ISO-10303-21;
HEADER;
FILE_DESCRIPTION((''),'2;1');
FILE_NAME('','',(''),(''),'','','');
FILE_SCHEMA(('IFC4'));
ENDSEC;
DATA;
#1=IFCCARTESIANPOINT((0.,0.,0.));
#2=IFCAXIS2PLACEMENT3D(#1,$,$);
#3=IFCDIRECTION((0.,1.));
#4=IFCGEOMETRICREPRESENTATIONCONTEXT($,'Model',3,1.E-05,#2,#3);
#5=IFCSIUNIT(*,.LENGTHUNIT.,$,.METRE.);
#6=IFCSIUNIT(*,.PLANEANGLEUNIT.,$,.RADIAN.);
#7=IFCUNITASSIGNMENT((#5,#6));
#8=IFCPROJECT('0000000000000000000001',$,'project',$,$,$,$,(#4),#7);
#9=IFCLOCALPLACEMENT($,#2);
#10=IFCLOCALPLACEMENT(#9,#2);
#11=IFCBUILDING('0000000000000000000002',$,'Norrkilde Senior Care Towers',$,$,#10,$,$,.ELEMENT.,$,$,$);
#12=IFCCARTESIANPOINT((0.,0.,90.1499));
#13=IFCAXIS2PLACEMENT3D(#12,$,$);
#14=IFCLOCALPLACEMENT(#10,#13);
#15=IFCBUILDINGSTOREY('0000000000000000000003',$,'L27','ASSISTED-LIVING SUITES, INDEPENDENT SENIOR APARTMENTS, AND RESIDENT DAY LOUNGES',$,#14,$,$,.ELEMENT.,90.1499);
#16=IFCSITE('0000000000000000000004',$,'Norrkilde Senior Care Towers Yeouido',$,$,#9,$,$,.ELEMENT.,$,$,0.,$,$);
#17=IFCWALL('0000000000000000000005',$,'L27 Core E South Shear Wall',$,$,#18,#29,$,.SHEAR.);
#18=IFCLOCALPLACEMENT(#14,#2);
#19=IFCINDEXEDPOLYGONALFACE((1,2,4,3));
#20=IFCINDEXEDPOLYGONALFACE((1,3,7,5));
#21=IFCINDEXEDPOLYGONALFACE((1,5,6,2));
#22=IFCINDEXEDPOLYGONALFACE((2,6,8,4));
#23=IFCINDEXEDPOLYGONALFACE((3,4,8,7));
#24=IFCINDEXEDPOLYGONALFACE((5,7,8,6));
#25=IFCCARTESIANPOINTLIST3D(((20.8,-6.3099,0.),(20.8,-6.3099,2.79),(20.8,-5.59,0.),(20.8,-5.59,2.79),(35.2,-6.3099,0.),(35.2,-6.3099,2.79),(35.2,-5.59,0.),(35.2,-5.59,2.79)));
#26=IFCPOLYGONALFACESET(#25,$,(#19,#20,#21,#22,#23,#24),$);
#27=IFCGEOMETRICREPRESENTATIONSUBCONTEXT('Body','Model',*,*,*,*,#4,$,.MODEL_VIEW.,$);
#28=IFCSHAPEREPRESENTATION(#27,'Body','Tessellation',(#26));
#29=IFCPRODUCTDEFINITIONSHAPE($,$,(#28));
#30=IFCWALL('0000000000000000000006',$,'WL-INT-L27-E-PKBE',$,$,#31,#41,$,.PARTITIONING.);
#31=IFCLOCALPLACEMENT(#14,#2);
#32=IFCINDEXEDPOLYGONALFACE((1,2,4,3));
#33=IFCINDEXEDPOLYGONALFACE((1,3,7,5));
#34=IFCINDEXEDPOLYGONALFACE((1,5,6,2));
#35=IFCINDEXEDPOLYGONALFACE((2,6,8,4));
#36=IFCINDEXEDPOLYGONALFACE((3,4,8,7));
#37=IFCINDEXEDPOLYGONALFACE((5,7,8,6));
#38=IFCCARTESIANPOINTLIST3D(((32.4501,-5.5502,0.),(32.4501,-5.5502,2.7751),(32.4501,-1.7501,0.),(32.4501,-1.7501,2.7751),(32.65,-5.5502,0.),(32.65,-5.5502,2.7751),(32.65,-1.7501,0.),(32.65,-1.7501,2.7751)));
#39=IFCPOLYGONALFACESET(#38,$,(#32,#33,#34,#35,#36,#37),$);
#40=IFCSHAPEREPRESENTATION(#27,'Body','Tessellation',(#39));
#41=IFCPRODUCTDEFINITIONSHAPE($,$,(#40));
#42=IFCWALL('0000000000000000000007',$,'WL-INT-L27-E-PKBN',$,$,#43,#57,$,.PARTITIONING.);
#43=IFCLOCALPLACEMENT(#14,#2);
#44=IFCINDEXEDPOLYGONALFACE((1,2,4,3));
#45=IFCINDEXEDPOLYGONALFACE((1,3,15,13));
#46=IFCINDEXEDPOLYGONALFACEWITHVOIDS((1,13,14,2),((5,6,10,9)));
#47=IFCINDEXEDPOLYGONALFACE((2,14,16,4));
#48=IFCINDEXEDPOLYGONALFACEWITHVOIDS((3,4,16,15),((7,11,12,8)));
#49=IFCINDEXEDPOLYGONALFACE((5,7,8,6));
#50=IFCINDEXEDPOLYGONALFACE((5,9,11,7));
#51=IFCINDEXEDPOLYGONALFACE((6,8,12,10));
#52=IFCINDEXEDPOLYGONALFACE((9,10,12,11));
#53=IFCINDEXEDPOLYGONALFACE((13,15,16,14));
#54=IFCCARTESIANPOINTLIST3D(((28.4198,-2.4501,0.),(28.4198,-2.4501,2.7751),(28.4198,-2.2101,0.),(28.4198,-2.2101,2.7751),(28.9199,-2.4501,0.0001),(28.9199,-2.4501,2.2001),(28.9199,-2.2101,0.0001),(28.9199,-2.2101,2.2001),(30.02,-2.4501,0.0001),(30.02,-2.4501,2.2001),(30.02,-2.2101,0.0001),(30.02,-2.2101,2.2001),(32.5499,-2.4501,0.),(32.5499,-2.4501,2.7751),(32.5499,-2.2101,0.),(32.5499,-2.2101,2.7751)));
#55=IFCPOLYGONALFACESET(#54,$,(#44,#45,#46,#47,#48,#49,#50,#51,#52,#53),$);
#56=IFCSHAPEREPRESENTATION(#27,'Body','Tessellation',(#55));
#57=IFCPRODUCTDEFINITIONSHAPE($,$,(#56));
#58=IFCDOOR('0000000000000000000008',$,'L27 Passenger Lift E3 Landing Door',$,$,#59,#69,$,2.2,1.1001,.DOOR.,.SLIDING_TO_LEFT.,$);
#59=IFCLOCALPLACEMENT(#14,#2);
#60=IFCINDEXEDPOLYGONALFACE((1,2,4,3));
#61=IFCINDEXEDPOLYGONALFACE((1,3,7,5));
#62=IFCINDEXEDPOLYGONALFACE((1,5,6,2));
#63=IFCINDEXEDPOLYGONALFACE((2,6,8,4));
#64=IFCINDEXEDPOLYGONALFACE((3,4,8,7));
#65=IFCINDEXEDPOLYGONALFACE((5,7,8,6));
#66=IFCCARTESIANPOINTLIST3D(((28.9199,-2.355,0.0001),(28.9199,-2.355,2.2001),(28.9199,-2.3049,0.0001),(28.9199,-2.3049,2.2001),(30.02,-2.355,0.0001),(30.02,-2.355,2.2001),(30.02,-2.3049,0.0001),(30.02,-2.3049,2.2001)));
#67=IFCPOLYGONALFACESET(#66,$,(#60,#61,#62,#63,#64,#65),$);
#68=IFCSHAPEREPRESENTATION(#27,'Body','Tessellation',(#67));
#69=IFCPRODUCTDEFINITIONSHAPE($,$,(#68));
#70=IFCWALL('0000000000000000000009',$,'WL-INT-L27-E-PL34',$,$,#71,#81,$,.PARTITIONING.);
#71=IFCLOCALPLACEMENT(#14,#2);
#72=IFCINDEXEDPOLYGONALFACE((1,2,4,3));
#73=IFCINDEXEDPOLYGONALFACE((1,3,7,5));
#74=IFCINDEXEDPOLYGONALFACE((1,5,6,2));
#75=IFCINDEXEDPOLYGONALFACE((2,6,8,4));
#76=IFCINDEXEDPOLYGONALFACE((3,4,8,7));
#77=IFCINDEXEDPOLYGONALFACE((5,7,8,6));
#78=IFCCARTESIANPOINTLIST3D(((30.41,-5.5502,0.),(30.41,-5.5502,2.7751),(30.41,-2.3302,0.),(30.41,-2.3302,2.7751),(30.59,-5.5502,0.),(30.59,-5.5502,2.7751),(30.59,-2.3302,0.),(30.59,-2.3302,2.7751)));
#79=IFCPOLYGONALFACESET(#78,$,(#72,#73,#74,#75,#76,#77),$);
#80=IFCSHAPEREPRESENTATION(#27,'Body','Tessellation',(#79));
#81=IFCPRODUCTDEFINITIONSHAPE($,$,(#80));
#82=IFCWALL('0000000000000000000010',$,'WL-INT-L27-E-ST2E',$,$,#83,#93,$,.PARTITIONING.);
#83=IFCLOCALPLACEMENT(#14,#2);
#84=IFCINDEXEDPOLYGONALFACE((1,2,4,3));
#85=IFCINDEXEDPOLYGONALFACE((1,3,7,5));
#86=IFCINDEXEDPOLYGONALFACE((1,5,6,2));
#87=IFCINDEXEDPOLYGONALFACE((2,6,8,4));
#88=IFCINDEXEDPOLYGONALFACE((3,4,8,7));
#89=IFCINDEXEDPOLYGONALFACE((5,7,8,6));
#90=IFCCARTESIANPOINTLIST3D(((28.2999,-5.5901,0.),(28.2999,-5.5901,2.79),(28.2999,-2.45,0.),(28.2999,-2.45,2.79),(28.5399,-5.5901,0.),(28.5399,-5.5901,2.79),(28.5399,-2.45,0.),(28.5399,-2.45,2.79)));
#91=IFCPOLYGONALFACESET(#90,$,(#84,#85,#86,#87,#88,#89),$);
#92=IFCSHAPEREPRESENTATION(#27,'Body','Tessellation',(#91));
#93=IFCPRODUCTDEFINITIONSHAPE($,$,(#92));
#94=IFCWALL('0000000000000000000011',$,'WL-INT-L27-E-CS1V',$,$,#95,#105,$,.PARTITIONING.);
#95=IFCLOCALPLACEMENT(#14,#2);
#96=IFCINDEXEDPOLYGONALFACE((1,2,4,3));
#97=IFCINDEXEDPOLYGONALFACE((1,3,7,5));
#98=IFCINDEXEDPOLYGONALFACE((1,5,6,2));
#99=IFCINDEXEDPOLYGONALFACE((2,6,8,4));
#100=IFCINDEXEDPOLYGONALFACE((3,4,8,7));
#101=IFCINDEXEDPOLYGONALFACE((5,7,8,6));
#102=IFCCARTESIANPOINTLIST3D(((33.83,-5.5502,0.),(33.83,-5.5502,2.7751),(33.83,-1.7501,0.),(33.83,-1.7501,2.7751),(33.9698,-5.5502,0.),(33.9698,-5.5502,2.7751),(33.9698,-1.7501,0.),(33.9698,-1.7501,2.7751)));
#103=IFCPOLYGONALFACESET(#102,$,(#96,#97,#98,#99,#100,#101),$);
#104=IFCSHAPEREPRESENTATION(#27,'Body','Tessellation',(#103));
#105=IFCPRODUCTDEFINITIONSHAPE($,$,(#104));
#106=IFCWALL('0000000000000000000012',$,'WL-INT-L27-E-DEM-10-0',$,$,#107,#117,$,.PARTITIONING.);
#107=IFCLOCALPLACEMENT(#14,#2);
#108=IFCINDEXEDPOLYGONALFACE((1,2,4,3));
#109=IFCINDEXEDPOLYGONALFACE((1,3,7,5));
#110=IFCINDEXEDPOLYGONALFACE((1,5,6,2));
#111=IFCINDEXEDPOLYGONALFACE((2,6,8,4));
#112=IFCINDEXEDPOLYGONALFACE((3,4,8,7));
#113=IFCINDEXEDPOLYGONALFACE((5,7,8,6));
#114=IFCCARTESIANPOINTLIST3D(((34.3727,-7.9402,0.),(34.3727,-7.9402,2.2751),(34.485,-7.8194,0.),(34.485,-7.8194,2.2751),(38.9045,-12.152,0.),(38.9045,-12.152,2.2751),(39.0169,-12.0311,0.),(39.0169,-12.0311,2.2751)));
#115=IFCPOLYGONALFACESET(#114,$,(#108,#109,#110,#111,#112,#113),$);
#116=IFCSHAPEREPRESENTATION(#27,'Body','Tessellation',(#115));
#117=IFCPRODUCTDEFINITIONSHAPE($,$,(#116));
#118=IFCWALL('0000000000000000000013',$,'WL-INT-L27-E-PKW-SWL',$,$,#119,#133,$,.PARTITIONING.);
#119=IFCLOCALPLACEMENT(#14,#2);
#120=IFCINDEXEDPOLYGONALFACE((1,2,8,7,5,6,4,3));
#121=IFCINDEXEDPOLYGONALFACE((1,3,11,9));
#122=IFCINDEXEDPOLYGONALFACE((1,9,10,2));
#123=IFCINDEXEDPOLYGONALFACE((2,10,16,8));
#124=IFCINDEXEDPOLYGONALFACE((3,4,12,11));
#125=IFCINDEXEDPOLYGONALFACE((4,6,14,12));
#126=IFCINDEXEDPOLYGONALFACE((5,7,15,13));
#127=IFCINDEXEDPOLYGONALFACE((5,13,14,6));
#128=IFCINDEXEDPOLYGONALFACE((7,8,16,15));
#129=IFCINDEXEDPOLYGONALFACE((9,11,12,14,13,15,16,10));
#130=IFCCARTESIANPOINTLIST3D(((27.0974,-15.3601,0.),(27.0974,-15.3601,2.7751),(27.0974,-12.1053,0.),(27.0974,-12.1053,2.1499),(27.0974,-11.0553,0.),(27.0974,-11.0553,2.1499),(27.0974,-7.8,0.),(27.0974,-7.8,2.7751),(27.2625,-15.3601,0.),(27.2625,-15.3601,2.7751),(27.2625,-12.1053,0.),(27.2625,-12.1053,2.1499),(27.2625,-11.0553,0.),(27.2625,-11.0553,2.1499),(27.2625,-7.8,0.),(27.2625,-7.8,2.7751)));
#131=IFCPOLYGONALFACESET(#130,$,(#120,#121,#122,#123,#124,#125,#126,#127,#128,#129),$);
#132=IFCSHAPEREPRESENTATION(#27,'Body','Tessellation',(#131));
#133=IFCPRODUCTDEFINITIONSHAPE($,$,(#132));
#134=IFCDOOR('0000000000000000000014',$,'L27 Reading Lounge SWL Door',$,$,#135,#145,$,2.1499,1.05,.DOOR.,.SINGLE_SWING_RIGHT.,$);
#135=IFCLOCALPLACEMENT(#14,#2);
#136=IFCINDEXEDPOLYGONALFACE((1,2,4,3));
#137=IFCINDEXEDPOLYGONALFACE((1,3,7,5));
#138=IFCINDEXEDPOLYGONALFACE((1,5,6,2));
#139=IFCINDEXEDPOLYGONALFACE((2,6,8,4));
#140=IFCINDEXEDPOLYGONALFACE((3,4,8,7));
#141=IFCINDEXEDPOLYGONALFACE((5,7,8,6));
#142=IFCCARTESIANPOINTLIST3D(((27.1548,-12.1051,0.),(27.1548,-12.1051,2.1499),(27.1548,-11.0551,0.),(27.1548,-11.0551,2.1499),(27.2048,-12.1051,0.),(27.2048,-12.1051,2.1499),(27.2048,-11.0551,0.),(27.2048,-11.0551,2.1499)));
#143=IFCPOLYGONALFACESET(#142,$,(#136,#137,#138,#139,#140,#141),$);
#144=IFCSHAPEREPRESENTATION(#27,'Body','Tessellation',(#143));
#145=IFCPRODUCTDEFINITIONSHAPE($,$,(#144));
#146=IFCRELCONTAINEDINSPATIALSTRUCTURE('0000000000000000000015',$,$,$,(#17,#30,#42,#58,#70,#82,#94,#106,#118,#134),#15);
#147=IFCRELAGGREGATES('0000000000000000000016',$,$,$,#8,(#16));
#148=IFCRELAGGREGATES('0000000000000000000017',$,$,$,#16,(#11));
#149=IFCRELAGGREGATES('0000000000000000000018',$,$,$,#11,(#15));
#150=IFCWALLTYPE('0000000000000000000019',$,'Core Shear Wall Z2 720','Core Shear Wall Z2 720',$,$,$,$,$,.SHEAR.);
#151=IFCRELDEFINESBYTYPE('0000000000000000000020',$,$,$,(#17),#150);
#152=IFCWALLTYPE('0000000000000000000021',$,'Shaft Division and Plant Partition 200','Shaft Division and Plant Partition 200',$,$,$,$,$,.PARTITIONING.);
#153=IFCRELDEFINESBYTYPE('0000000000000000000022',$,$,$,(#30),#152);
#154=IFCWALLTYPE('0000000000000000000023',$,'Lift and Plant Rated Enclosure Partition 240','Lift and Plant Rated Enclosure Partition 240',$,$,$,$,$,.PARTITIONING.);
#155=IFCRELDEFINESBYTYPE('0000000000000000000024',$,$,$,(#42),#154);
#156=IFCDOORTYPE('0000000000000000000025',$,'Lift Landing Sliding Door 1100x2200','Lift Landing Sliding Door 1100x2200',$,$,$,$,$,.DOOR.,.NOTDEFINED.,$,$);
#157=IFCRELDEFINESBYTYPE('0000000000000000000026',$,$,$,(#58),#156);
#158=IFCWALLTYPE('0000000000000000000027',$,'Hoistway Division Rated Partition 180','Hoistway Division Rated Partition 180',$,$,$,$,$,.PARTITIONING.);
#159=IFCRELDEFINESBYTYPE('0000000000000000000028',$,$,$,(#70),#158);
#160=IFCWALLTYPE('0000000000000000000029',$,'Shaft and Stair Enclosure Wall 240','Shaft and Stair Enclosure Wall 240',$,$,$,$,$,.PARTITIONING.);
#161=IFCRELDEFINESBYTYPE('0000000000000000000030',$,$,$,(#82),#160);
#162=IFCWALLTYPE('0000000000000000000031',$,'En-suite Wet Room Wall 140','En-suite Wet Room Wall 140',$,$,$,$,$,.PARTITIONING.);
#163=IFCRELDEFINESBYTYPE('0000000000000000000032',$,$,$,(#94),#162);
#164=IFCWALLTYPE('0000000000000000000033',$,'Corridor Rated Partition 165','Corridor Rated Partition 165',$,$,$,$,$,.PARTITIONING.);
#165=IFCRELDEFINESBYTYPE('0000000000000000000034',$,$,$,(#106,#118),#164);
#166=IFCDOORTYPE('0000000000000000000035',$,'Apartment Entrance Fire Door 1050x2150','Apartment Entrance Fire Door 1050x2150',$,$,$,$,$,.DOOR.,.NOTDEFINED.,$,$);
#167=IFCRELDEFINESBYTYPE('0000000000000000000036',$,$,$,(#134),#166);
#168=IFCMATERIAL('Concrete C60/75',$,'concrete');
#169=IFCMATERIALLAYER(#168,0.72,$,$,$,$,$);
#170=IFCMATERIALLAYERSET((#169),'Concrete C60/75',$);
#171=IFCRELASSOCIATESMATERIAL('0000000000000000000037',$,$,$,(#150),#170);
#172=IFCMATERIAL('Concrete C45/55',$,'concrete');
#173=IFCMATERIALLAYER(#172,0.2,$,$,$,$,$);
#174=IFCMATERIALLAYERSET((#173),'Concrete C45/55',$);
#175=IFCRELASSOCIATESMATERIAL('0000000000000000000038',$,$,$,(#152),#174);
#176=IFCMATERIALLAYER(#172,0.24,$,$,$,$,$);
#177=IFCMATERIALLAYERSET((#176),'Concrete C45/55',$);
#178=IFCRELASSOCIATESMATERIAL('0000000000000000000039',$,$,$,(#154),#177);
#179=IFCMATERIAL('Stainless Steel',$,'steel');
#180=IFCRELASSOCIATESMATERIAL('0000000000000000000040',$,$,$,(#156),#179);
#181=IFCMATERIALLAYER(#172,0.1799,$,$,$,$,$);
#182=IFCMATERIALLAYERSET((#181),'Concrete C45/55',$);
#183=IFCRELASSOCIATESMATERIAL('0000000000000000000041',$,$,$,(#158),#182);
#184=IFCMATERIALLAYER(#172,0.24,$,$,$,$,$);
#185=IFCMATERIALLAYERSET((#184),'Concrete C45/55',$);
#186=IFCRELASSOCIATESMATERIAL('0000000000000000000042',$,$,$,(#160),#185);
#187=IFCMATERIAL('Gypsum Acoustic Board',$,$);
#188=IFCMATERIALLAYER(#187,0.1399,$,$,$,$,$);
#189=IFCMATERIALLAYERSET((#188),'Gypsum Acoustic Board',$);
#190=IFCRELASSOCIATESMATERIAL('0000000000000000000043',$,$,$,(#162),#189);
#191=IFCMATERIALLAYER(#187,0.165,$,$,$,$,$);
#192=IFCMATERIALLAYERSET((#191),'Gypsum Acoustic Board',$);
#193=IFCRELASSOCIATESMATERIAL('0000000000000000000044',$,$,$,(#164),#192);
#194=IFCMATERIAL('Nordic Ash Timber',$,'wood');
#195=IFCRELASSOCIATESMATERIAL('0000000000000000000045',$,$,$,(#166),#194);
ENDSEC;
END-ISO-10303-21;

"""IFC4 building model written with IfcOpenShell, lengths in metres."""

from ifc_helpers import new_model, si_unit, direction, frame, frame_2d, origin, place, context, subcontext, project, spatial, rectangle, extrude, source, transform, mapped, material, layer, layer_set, type_object, type_shapes, element, fill, save


model = new_model("IFC4")

# Units and contexts
model_context = context("Model", 3, precision=1e-05, world=origin(), true_north=direction((0.0, 1.0)))
body_context = subcontext(model_context, "Body", "Model", "MODEL_VIEW")
ifc_project = project(units=[si_unit("LENGTHUNIT", "METRE"), si_unit("PLANEANGLEUNIT", "RADIAN")], contexts=[model_context])

# Site, building, storey
site_placement = place(None, origin())
site = spatial("IfcSite", under=ifc_project, at=site_placement, Name="Norrkilde Senior Care Towers Yeouido", CompositionType="ELEMENT", RefElevation=0.0)
building_placement = place(site_placement, origin())
building = spatial("IfcBuilding", under=site, at=building_placement, Name="Norrkilde Senior Care Towers", CompositionType="ELEMENT")
storey_placement = place(building_placement, frame((0.0, 0.0, 90.1499)))
storey = spatial("IfcBuildingStorey", under=building, at=storey_placement, Name="L27", Description="ASSISTED-LIVING SUITES, INDEPENDENT SENIOR APARTMENTS, AND RESIDENT DAY LOUNGES", CompositionType="ELEMENT", Elevation=90.1499)

# Shared definitions
ifc_material_1 = material(Name="Concrete C60/75", Category="concrete")

# Walls
ifc_layer_1 = layer(ifc_material_1, 0.72)
ifc_layer_set_1 = layer_set([ifc_layer_1], Name="Concrete C60/75")
wall_type_1 = type_object("IfcWallType", Name="Core Shear Wall Z2 720", Description="Core Shear Wall Z2 720", PredefinedType="SHEAR", material=ifc_layer_set_1)
shared_shape_1 = source(origin(), body_context, "Body", "SweptSolid", [
    extrude(rectangle(XDim=14.3999, YDim=0.72, at=frame_2d((7.2, 0.0))), origin(), (0.0, 0.0, 1.0), 2.79),
])
type_shapes(wall_type_1, [shared_shape_1])
wall_1_placement = place(storey_placement, frame((35.2, -5.95, 0.0), z_axis=(0.0, 0.0, 1.0), x_axis=(-1.0, 0.0, 0.0)))
element("IfcWall", 1, at=wall_1_placement, inside=storey, type_object=wall_type_1, Name="L27 Core E South Shear Wall", PredefinedType="SHEAR", context=body_context, shape_type="MappedRepresentation", body=[
    mapped(shared_shape_1, transform((0.0, 0.0, 0.0), x_axis=(1.0, 0.0, 0.0), y_axis=(0.0, 1.0, 0.0), z_axis=(0.0, 0.0, 1.0), scale=1.0)),
])
ifc_material_2 = material(Name="Concrete C45/55", Category="concrete")
ifc_layer_2 = layer(ifc_material_2, 0.2)
ifc_layer_set_2 = layer_set([ifc_layer_2], Name="Concrete C45/55")
wall_type_2 = type_object("IfcWallType", Name="Shaft Division and Plant Partition 200", Description="Shaft Division and Plant Partition 200", PredefinedType="PARTITIONING", material=ifc_layer_set_2)
shared_shape_2 = source(origin(), body_context, "Body", "SweptSolid", [
    extrude(rectangle(XDim=3.8, YDim=0.2, at=frame_2d((1.8999, 0.0))), origin(), (0.0, 0.0, 1.0), 2.7751),
])
type_shapes(wall_type_2, [shared_shape_2])
wall_2_placement = place(storey_placement, frame((32.55, -5.55, 0.0), z_axis=(0.0, 0.0, 1.0), x_axis=(0.0, 1.0, 0.0)))
element("IfcWall", 2, at=wall_2_placement, inside=storey, type_object=wall_type_2, Name="WL-INT-L27-E-PKBE", PredefinedType="PARTITIONING", context=body_context, shape_type="MappedRepresentation", body=[
    mapped(shared_shape_2, transform((0.0, 0.0, 0.0), x_axis=(1.0, 0.0, 0.0), y_axis=(0.0, 1.0, 0.0), z_axis=(0.0, 0.0, 1.0), scale=1.0)),
])

# Wall, opening, door
ifc_layer_3 = layer(ifc_material_2, 0.24)
ifc_layer_set_3 = layer_set([ifc_layer_3], Name="Concrete C45/55")
wall_type_3 = type_object("IfcWallType", Name="Lift and Plant Rated Enclosure Partition 240", Description="Lift and Plant Rated Enclosure Partition 240", PredefinedType="PARTITIONING", material=ifc_layer_set_3)
shared_shape_3 = source(origin(), body_context, "Body", "SweptSolid", [
    extrude(rectangle(XDim=4.1301, YDim=0.24, at=frame_2d((2.0649, 0.0))), origin(), (0.0, 0.0, 1.0), 2.7751),
])
type_shapes(wall_type_3, [shared_shape_3])
wall_3_placement = place(storey_placement, frame((28.4199, -2.3301, 0.0), z_axis=(0.0, 0.0, 1.0), x_axis=(1.0, 0.0, 0.0)))
wall_3 = element("IfcWall", 3, at=wall_3_placement, inside=storey, type_object=wall_type_3, Name="WL-INT-L27-E-PKBN", PredefinedType="PARTITIONING", context=body_context, shape_type="MappedRepresentation", body=[
    mapped(shared_shape_3, transform((0.0, 0.0, 0.0), x_axis=(1.0, 0.0, 0.0), y_axis=(0.0, 1.0, 0.0), z_axis=(0.0, 0.0, 1.0), scale=1.0)),
])
opening_1_placement = place(wall_3_placement, frame((0.5, 0.0, 0.0)))
opening_1 = element("IfcOpeningElement", 4, at=opening_1_placement, cuts=wall_3, PredefinedType="OPENING", context=body_context, shape_type="SweptSolid", body=[
    extrude(rectangle(XDim=1.1001, YDim=2.2, at=frame_2d((0.55, 1.1001))), frame((0.0, 0.1299, 0.0), z_axis=(0.0, -1.0, 0.0), x_axis=(1.0, 0.0, 0.0)), (0.0, 0.0, 1.0), 0.26),
])
ifc_material_3 = material(Name="Stainless Steel", Category="steel")
door_type_1 = type_object("IfcDoorType", Name="Lift Landing Sliding Door 1100x2200", Description="Lift Landing Sliding Door 1100x2200", OperationType="NOTDEFINED", PredefinedType="DOOR", material=ifc_material_3)
shared_shape_4 = source(origin(), body_context, "Body", "SweptSolid", [
    extrude(rectangle(XDim=1.1001, YDim=2.2, at=frame_2d((0.55, 1.1001))), frame((0.0, 0.0249, 0.0), z_axis=(0.0, -1.0, 0.0), x_axis=(1.0, 0.0, 0.0)), (0.0, 0.0, 1.0), 0.05),
])
type_shapes(door_type_1, [shared_shape_4])
door_1_placement = place(opening_1_placement, frame((1.1001, 0.0, 0.0), z_axis=(0.0, 0.0, 1.0), x_axis=(-1.0, 0.0, 0.0)))
door_1 = element("IfcDoor", 5, at=door_1_placement, inside=storey, type_object=door_type_1, Name="L27 Passenger Lift E3 Landing Door", OperationType="SLIDING_TO_LEFT", OverallHeight=2.2, OverallWidth=1.1001, PredefinedType="DOOR", context=body_context, shape_type="MappedRepresentation", body=[
    mapped(shared_shape_4, transform((0.0, 0.0, 0.0), x_axis=(1.0, 0.0, 0.0), y_axis=(0.0, 1.0, 0.0), z_axis=(0.0, 0.0, 1.0), scale=1.0)),
])
fill(opening_1, door_1)

# Walls
ifc_layer_4 = layer(ifc_material_2, 0.1799)
ifc_layer_set_4 = layer_set([ifc_layer_4], Name="Concrete C45/55")
wall_type_4 = type_object("IfcWallType", Name="Hoistway Division Rated Partition 180", Description="Hoistway Division Rated Partition 180", PredefinedType="PARTITIONING", material=ifc_layer_set_4)
shared_shape_5 = source(origin(), body_context, "Body", "SweptSolid", [
    extrude(rectangle(XDim=3.22, YDim=0.1799, at=frame_2d((1.6099, 0.0))), origin(), (0.0, 0.0, 1.0), 2.7751),
])
type_shapes(wall_type_4, [shared_shape_5])
wall_4_placement = place(storey_placement, frame((30.5, -5.55, 0.0), z_axis=(0.0, 0.0, 1.0), x_axis=(0.0, 1.0, 0.0)))
element("IfcWall", 6, at=wall_4_placement, inside=storey, type_object=wall_type_4, Name="WL-INT-L27-E-PL34", PredefinedType="PARTITIONING", context=body_context, shape_type="MappedRepresentation", body=[
    mapped(shared_shape_5, transform((0.0, 0.0, 0.0), x_axis=(1.0, 0.0, 0.0), y_axis=(0.0, 1.0, 0.0), z_axis=(0.0, 0.0, 1.0), scale=1.0)),
])
ifc_layer_5 = layer(ifc_material_2, 0.24)
ifc_layer_set_5 = layer_set([ifc_layer_5], Name="Concrete C45/55")
wall_type_5 = type_object("IfcWallType", Name="Shaft and Stair Enclosure Wall 240", Description="Shaft and Stair Enclosure Wall 240", PredefinedType="PARTITIONING", material=ifc_layer_set_5)
shared_shape_6 = source(origin(), body_context, "Body", "SweptSolid", [
    extrude(rectangle(XDim=3.1401, YDim=0.24, at=frame_2d((1.5701, 0.0))), origin(), (0.0, 0.0, 1.0), 2.79),
])
type_shapes(wall_type_5, [shared_shape_6])
wall_5_placement = place(storey_placement, frame((28.4199, -5.5901, 0.0), z_axis=(0.0, 0.0, 1.0), x_axis=(0.0, 1.0, 0.0)))
element("IfcWall", 7, at=wall_5_placement, inside=storey, type_object=wall_type_5, Name="WL-INT-L27-E-ST2E", PredefinedType="PARTITIONING", context=body_context, shape_type="MappedRepresentation", body=[
    mapped(shared_shape_6, transform((0.0, 0.0, 0.0), x_axis=(1.0, 0.0, 0.0), y_axis=(0.0, 1.0, 0.0), z_axis=(0.0, 0.0, 1.0), scale=1.0)),
])
ifc_material_4 = material(Name="Gypsum Acoustic Board")
ifc_layer_6 = layer(ifc_material_4, 0.1399)
ifc_layer_set_6 = layer_set([ifc_layer_6], Name="Gypsum Acoustic Board")
wall_type_6 = type_object("IfcWallType", Name="En-suite Wet Room Wall 140", Description="En-suite Wet Room Wall 140", PredefinedType="PARTITIONING", material=ifc_layer_set_6)
shared_shape_7 = source(origin(), body_context, "Body", "SweptSolid", [
    extrude(rectangle(XDim=3.8, YDim=0.1399, at=frame_2d((1.8999, 0.0))), origin(), (0.0, 0.0, 1.0), 2.7751),
])
type_shapes(wall_type_6, [shared_shape_7])
wall_6_placement = place(storey_placement, frame((33.8999, -5.55, 0.0), z_axis=(0.0, 0.0, 1.0), x_axis=(0.0, 1.0, 0.0)))
element("IfcWall", 8, at=wall_6_placement, inside=storey, type_object=wall_type_6, Name="WL-INT-L27-E-CS1V", PredefinedType="PARTITIONING", context=body_context, shape_type="MappedRepresentation", body=[
    mapped(shared_shape_7, transform((0.0, 0.0, 0.0), x_axis=(1.0, 0.0, 0.0), y_axis=(0.0, 1.0, 0.0), z_axis=(0.0, 0.0, 1.0), scale=1.0)),
])
ifc_layer_7 = layer(ifc_material_4, 0.165)
ifc_layer_set_7 = layer_set([ifc_layer_7], Name="Gypsum Acoustic Board")
wall_type_7 = type_object("IfcWallType", Name="Corridor Rated Partition 165", Description="Corridor Rated Partition 165", PredefinedType="PARTITIONING", material=ifc_layer_set_7)
shared_shape_8 = source(origin(), body_context, "Body", "SweptSolid", [
    extrude(rectangle(XDim=6.1868, YDim=0.165, at=frame_2d((3.0933, 0.0))), origin(), (0.0, 0.0, 1.0), 2.2751),
])
wall_7_placement = place(storey_placement, frame((34.429, -7.8799, 0.0), z_axis=(0.0, 0.0, 1.0), x_axis=(0.732501, -0.680766, 0.0)))
element("IfcWall", 9, at=wall_7_placement, inside=storey, type_object=wall_type_7, Name="WL-INT-L27-E-DEM-10-0", PredefinedType="PARTITIONING", context=body_context, shape_type="MappedRepresentation", body=[
    mapped(shared_shape_8, transform((0.0, 0.0, 0.0), x_axis=(1.0, 0.0, 0.0), y_axis=(0.0, 1.0, 0.0), z_axis=(0.0, 0.0, 1.0), scale=1.0)),
])

# Wall, opening, door
shared_shape_9 = source(origin(), body_context, "Body", "SweptSolid", [
    extrude(rectangle(XDim=7.5601, YDim=0.165, at=frame_2d((3.78, 0.0))), origin(), (0.0, 0.0, 1.0), 2.7751),
])
wall_8_placement = place(storey_placement, frame((27.1799, -15.3601, 0.0), z_axis=(0.0, 0.0, 1.0), x_axis=(0.0, 1.0, 0.0)))
wall_8 = element("IfcWall", 10, at=wall_8_placement, inside=storey, type_object=wall_type_7, Name="WL-INT-L27-E-PKW-SWL", PredefinedType="PARTITIONING", context=body_context, shape_type="MappedRepresentation", body=[
    mapped(shared_shape_9, transform((0.0, 0.0, 0.0), x_axis=(1.0, 0.0, 0.0), y_axis=(0.0, 1.0, 0.0), z_axis=(0.0, 0.0, 1.0), scale=1.0)),
])
opening_2_placement = place(wall_8_placement, frame((3.2549, 0.0, 0.0)))
opening_2 = element("IfcOpeningElement", 11, at=opening_2_placement, cuts=wall_8, PredefinedType="OPENING", context=body_context, shape_type="SweptSolid", body=[
    extrude(rectangle(XDim=1.05, YDim=2.1499, at=frame_2d((0.5249, 1.075))), frame((0.0, 0.0925, 0.0), z_axis=(0.0, -1.0, 0.0), x_axis=(1.0, 0.0, 0.0)), (0.0, 0.0, 1.0), 0.1851),
])
ifc_material_5 = material(Name="Nordic Ash Timber", Category="wood")
door_type_2 = type_object("IfcDoorType", Name="Apartment Entrance Fire Door 1050x2150", Description="Apartment Entrance Fire Door 1050x2150", OperationType="NOTDEFINED", PredefinedType="DOOR", material=ifc_material_5)
shared_shape_10 = source(origin(), body_context, "Body", "SweptSolid", [
    extrude(rectangle(XDim=1.05, YDim=2.1499, at=frame_2d((0.5249, 1.075))), frame((0.0, 0.0249, 0.0), z_axis=(0.0, -1.0, 0.0), x_axis=(1.0, 0.0, 0.0)), (0.0, 0.0, 1.0), 0.05),
])
type_shapes(door_type_2, [shared_shape_10])
door_2_placement = place(opening_2_placement, frame((1.05, 0.0, 0.0), z_axis=(0.0, 0.0, 1.0), x_axis=(-1.0, 0.0, 0.0)))
door_2 = element("IfcDoor", 12, at=door_2_placement, inside=storey, type_object=door_type_2, Name="L27 Reading Lounge SWL Door", OperationType="SINGLE_SWING_RIGHT", OverallHeight=2.1499, OverallWidth=1.05, PredefinedType="DOOR", context=body_context, shape_type="MappedRepresentation", body=[
    mapped(shared_shape_10, transform((0.0, 0.0, 0.0), x_axis=(1.0, 0.0, 0.0), y_axis=(0.0, 1.0, 0.0), z_axis=(0.0, 0.0, 1.0), scale=1.0)),
])
fill(opening_2, door_2)

save(model, "model.ifc")
